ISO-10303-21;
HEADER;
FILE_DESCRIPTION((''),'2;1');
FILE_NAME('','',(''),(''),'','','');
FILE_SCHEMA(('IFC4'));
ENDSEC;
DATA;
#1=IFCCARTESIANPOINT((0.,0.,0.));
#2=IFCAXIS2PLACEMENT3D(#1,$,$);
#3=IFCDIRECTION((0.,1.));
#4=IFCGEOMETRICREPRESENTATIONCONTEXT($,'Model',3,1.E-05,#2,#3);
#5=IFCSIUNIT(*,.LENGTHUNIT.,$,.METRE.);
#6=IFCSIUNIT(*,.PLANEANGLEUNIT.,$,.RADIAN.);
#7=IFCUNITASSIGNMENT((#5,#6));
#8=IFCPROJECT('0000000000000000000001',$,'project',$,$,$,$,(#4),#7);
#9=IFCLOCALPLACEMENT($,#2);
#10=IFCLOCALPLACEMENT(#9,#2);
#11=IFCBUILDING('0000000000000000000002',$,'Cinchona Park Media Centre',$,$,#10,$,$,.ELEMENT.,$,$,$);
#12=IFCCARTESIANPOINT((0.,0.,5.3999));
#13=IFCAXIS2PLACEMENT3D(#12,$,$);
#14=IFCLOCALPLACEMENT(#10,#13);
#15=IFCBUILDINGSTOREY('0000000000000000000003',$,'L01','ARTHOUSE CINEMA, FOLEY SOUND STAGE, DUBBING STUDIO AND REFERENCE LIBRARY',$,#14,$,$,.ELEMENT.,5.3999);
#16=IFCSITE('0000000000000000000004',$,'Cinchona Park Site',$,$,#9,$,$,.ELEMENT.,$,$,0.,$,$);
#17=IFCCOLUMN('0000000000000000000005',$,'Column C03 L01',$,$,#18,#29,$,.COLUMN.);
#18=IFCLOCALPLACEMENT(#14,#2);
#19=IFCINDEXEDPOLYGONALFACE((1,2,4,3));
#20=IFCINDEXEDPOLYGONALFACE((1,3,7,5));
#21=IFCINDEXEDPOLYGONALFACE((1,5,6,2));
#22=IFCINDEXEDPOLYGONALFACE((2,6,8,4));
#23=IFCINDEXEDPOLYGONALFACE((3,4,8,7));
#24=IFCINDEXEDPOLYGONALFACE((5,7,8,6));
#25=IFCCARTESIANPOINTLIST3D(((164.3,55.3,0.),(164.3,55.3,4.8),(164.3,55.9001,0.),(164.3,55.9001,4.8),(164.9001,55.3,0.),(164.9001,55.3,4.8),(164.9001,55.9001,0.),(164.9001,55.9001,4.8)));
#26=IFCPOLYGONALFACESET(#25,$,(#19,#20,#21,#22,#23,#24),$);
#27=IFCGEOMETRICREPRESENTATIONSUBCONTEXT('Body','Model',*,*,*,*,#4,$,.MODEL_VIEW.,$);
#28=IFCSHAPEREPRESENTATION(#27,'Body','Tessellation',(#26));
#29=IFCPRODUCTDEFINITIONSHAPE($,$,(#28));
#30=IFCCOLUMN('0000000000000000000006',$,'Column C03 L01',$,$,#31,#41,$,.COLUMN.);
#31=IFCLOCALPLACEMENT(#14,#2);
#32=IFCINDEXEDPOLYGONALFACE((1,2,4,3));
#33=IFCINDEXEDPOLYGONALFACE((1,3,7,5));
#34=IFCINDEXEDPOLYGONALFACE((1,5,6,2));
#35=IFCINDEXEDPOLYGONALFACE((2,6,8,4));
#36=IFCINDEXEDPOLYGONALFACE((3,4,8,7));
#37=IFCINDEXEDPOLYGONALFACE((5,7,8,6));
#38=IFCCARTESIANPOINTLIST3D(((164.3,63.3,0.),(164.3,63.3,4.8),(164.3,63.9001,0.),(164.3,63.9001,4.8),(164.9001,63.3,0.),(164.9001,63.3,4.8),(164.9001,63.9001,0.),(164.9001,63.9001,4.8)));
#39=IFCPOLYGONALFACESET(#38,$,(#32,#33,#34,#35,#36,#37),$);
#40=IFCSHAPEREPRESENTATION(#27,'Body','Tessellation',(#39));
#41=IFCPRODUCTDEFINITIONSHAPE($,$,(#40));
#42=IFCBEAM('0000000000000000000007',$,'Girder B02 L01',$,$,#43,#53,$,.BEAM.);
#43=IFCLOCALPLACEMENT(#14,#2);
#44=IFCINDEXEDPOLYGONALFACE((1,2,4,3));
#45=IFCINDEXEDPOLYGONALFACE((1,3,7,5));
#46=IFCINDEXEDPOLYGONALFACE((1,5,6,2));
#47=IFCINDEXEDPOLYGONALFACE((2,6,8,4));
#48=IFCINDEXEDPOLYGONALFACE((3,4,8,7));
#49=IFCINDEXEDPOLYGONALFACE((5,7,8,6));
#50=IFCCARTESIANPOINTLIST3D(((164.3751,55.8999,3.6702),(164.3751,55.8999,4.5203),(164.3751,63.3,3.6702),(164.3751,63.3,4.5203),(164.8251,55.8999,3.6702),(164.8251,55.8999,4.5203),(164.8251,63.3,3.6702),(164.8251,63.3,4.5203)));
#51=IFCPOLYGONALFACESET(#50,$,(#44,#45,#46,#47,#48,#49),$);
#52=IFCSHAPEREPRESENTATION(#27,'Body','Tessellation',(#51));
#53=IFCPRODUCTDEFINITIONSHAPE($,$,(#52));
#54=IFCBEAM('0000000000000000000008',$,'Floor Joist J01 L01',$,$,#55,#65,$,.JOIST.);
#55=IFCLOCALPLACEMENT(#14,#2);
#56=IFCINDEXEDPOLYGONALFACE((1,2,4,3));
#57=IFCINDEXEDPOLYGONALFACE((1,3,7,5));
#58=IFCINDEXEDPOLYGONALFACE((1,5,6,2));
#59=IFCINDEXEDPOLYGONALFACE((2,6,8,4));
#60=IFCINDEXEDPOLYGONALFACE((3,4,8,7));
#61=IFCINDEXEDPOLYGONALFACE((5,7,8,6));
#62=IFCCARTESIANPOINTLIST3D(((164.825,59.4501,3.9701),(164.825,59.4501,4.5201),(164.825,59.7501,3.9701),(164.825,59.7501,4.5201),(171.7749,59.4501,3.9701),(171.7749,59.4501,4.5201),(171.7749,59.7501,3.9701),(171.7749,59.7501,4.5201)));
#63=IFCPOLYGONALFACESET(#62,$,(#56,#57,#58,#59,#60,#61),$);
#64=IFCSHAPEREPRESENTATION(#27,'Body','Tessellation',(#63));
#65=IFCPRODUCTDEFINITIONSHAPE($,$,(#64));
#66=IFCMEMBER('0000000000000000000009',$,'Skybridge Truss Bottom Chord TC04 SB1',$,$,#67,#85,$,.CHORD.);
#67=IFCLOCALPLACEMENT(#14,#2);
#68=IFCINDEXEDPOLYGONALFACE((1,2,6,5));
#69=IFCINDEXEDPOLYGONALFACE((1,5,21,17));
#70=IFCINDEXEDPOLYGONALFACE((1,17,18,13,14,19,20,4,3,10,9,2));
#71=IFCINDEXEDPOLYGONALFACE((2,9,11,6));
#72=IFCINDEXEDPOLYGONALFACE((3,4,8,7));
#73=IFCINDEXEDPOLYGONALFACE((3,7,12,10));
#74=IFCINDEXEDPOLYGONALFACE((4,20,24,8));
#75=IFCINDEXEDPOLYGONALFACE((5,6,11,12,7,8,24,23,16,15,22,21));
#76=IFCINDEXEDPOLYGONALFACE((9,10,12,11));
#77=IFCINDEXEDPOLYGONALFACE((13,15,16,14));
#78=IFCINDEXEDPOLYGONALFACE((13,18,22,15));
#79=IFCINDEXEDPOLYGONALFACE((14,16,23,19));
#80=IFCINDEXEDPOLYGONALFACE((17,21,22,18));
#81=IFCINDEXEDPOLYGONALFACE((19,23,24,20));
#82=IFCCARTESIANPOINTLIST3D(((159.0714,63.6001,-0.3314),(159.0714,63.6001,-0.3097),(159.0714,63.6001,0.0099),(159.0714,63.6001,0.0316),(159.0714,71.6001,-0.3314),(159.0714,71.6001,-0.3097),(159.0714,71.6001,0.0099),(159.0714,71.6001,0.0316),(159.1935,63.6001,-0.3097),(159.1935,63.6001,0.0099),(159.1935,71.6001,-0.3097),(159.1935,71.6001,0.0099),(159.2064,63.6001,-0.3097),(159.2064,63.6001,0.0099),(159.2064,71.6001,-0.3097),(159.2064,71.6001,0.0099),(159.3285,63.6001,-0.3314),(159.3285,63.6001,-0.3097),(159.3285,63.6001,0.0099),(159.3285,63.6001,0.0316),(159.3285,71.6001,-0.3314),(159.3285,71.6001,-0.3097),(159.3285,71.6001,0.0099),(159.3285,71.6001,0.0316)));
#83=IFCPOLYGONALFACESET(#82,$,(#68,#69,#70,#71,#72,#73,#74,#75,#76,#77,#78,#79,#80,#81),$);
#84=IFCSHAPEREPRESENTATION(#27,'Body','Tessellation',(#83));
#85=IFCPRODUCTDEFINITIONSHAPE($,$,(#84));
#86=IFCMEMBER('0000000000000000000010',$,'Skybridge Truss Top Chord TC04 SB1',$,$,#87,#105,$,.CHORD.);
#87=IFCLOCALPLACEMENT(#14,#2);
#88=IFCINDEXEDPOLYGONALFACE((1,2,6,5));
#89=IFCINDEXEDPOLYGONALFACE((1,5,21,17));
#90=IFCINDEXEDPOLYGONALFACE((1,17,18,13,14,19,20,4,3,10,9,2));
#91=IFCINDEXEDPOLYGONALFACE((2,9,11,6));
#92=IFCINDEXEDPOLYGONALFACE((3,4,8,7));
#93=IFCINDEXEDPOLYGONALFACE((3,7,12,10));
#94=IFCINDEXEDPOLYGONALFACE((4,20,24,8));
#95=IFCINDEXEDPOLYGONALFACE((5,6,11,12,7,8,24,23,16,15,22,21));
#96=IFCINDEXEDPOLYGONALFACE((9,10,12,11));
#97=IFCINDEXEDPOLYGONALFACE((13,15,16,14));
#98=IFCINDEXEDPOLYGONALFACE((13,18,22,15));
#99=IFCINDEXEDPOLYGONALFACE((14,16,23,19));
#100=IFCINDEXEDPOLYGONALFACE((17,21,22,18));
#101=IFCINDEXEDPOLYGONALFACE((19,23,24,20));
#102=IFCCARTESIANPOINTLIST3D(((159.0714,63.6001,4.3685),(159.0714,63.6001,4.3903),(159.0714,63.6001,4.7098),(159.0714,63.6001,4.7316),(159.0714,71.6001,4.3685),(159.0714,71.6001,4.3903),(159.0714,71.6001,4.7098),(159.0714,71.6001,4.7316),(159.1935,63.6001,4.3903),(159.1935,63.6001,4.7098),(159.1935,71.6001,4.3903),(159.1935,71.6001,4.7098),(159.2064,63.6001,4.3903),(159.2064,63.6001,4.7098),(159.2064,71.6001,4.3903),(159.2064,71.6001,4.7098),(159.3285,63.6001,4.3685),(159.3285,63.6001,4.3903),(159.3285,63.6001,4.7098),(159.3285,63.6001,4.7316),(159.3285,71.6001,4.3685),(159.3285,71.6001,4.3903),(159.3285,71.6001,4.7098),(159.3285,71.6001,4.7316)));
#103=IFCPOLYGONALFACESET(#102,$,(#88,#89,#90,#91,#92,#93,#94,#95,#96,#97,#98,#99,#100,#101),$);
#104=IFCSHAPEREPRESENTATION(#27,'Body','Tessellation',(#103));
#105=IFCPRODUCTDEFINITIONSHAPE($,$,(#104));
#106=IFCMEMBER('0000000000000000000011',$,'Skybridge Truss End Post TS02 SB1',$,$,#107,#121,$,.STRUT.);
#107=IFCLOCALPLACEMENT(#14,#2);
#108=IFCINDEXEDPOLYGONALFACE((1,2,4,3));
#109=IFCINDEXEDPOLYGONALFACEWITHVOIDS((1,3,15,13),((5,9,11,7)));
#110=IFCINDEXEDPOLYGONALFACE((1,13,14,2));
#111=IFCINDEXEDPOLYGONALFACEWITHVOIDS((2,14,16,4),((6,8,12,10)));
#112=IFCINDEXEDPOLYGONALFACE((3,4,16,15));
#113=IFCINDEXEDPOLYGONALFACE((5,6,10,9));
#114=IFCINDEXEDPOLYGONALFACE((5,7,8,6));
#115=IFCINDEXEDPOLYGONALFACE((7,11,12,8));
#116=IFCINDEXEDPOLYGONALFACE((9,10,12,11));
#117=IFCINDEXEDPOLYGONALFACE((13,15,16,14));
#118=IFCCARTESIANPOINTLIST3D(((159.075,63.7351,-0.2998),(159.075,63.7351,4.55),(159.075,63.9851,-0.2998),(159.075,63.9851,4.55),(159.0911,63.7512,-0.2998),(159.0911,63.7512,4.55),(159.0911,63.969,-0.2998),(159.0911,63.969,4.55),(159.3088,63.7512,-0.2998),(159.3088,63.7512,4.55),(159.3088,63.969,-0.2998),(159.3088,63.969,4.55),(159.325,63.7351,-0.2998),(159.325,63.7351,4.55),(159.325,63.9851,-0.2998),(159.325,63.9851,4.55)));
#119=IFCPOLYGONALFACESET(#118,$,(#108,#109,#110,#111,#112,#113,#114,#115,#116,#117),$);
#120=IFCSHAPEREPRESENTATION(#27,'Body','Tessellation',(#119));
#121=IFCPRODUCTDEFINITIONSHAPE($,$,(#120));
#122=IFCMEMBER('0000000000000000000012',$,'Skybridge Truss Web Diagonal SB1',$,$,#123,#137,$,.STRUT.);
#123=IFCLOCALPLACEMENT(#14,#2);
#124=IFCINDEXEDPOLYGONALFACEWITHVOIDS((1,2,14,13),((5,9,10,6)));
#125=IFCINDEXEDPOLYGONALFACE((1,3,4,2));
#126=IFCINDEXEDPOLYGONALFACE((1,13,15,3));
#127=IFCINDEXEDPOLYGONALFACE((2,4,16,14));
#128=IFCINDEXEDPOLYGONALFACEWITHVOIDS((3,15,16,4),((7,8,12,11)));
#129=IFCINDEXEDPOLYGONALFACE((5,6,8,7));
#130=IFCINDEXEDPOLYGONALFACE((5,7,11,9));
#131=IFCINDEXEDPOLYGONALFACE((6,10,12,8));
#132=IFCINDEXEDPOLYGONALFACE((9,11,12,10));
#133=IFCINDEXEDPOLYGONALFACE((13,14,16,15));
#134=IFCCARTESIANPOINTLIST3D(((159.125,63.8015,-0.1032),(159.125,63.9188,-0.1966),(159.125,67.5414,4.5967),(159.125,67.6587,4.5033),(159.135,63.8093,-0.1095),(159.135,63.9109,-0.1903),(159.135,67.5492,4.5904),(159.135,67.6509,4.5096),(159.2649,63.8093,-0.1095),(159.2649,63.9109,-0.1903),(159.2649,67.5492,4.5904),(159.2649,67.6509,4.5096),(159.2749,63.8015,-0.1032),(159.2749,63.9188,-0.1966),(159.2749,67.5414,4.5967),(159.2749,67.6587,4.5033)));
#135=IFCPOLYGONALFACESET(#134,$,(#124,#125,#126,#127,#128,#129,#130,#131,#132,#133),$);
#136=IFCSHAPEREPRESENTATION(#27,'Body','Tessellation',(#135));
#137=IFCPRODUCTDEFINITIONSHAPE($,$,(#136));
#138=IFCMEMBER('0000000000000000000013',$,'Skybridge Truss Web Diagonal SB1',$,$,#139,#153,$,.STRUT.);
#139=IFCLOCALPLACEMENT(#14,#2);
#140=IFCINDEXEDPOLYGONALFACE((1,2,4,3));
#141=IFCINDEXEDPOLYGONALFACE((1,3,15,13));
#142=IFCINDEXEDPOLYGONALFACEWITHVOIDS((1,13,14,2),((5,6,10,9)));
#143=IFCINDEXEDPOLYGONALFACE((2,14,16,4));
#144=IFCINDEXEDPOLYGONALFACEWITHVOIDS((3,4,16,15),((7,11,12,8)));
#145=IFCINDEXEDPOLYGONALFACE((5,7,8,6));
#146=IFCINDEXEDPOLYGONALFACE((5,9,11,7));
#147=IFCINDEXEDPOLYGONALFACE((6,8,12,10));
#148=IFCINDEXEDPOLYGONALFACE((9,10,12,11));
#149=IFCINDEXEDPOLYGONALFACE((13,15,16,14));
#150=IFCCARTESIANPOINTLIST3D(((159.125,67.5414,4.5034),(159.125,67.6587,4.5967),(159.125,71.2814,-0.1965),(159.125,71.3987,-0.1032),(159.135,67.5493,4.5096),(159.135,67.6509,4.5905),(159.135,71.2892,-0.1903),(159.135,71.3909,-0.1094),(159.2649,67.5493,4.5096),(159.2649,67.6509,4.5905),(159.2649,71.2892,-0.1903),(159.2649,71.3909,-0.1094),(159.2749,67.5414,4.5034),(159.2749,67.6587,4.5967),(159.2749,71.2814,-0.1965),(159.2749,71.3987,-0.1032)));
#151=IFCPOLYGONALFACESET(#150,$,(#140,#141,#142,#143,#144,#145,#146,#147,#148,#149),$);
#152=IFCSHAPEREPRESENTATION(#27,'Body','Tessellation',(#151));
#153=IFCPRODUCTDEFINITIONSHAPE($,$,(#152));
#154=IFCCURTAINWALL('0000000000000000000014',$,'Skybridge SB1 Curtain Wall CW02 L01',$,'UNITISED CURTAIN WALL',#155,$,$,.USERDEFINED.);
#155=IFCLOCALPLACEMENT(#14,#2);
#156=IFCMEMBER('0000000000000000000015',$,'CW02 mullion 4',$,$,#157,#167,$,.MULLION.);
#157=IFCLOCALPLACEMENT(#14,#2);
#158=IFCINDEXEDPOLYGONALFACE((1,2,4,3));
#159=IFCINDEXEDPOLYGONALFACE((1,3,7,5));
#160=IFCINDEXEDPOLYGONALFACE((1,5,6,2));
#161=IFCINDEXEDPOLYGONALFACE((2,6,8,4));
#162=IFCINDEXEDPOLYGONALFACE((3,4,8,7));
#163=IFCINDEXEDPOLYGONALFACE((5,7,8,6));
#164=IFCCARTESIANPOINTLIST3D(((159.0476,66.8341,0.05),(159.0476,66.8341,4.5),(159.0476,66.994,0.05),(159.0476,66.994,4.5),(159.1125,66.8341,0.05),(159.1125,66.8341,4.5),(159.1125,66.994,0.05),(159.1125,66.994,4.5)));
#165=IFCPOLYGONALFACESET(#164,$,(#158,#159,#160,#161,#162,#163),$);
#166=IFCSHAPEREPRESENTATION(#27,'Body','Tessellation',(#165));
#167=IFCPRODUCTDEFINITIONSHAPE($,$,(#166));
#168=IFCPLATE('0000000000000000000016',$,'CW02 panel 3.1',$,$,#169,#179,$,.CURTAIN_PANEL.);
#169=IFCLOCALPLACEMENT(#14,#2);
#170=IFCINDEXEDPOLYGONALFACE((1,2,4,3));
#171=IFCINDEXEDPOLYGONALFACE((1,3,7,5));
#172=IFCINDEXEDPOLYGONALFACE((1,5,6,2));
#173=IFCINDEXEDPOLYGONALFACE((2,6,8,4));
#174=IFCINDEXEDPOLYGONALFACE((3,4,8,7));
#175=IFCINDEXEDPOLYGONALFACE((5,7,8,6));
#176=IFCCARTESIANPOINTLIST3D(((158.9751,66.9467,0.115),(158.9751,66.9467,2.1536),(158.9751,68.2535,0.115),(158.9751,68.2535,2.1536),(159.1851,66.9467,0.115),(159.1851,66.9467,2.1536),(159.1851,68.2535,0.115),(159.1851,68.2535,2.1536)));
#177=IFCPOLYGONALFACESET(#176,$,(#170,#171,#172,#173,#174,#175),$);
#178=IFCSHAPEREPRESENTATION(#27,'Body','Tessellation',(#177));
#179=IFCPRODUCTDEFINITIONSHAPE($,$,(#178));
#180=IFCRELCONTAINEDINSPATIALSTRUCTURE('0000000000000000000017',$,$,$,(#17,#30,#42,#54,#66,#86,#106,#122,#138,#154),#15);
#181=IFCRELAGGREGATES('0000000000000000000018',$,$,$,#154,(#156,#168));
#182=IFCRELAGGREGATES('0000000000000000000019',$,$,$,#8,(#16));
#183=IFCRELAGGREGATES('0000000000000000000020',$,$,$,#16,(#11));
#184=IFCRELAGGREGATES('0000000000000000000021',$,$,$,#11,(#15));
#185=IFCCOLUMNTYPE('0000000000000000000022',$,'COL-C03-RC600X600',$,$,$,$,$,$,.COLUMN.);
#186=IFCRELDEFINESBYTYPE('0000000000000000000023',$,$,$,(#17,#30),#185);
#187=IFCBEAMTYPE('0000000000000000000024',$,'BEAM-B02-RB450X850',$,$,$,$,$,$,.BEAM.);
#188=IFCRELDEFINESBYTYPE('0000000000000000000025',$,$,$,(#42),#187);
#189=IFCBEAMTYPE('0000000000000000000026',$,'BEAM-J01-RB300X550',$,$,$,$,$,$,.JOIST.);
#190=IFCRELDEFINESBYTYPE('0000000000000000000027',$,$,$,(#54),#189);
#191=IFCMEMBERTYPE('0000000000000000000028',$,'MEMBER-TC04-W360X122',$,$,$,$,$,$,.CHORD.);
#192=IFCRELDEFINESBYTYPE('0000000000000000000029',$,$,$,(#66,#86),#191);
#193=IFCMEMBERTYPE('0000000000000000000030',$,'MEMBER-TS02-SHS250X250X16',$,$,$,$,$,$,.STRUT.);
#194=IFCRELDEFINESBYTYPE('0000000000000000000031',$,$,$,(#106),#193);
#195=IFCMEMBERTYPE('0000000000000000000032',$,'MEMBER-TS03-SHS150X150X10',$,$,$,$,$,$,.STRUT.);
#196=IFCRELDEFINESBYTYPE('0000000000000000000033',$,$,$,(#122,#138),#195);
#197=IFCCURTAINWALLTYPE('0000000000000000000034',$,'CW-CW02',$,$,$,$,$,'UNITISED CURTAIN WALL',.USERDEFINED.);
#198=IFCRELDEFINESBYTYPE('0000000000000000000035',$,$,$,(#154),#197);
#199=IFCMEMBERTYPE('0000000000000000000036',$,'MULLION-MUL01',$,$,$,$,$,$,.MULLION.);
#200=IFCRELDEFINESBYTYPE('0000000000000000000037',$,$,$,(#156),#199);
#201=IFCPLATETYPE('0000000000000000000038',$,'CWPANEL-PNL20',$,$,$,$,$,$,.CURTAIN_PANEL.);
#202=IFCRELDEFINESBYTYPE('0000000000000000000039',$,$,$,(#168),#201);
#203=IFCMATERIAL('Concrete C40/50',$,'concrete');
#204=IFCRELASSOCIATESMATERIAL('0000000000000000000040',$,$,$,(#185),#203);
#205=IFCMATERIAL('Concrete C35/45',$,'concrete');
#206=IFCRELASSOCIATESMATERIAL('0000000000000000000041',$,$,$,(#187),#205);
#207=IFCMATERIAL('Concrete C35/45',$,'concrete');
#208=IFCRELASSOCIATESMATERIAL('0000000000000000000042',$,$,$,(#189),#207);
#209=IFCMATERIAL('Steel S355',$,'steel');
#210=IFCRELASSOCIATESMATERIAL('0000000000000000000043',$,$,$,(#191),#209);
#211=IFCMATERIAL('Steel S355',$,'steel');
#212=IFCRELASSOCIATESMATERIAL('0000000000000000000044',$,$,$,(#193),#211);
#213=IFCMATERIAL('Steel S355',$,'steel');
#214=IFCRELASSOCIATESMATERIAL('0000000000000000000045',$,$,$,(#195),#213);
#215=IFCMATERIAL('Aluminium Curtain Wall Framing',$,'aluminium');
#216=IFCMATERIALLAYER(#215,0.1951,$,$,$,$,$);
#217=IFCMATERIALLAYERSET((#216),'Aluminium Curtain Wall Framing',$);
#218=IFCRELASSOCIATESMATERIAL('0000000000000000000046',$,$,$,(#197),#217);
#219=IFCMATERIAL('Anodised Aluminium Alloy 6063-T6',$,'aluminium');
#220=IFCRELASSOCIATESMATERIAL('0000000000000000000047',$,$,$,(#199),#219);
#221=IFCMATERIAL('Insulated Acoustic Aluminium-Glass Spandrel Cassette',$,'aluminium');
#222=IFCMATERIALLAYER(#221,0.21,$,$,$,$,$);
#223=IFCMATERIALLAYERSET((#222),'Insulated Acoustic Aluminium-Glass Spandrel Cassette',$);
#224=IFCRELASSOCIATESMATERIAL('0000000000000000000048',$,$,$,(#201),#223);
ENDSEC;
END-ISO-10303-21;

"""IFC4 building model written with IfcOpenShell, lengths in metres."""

from ifc_helpers import new_model, si_unit, direction, frame, origin, origin_2d, place, context, subcontext, project, spatial, rectangle, hollow_rectangle, i_section, extrude, material, layer, layer_set, material_profile, profile_set, type_object, element, aggregate, save


model = new_model("IFC4")

# Units and contexts
model_context = context("Model", 3, precision=1e-05, world=origin(), true_north=direction((0.0, 1.0)))
body_context = subcontext(model_context, "Body", "Model", "MODEL_VIEW")
ifc_project = project(units=[si_unit("LENGTHUNIT", "METRE"), si_unit("PLANEANGLEUNIT", "RADIAN")], contexts=[model_context])

# Site, building, storey
site_placement = place(None, origin())
site = spatial("IfcSite", under=ifc_project, at=site_placement, Name="Cinchona Park Site", CompositionType="ELEMENT", RefElevation=0.0)
building_placement = place(site_placement, origin())
building = spatial("IfcBuilding", under=site, at=building_placement, Name="Cinchona Park Media Centre", CompositionType="ELEMENT")
storey_placement = place(building_placement, frame((0.0, 0.0, 5.3999)))
storey = spatial("IfcBuildingStorey", under=building, at=storey_placement, Name="L01", Description="ARTHOUSE CINEMA, FOLEY SOUND STAGE, DUBBING STUDIO AND REFERENCE LIBRARY", CompositionType="ELEMENT", Elevation=5.3999)

# Columns
ifc_material_1 = material(Name="Concrete C40/50", Category="concrete")
ifc_material_profile_1 = material_profile(ifc_material_1, rectangle(XDim=0.6001, YDim=0.6001, at=origin_2d()), Name="RC 600X600")
ifc_profile_set_1 = profile_set([ifc_material_profile_1], Name="Concrete C40/50")
column_type = type_object("IfcColumnType", Name="COL-C03-RC600X600", PredefinedType="COLUMN", material=ifc_profile_set_1)
for number, where, z_axis, x_axis, name in (
    (1, (164.6001, 55.6001, 0.0), (0.0, 0.0, 1.0), (1.0, 0.0, 0.0), "Column C03 L01"),
    (2, (164.6001, 63.6001, 0.0), (0.0, 0.0, 1.0), (1.0, 0.0, 0.0), "Column C03 L01"),
):
    element("IfcColumn", number, at=place(storey_placement, frame(where, z_axis=z_axis, x_axis=x_axis)), inside=storey, type_object=column_type, Name=name, PredefinedType="COLUMN", context=body_context, shape_type="SweptSolid", body=[
        extrude(rectangle(XDim=0.6001, YDim=0.6001, at=origin_2d()), origin(), (0.0, 0.0, 1.0), 4.8),
    ])

# Beams
ifc_material_2 = material(Name="Concrete C35/45", Category="concrete")
ifc_material_profile_2 = material_profile(ifc_material_2, rectangle(XDim=0.45, YDim=0.8501, at=origin_2d()), Name="RB 450X850")
ifc_profile_set_2 = profile_set([ifc_material_profile_2], Name="Concrete C35/45")
beam_type_1 = type_object("IfcBeamType", Name="BEAM-B02-RB450X850", PredefinedType="BEAM", material=ifc_profile_set_2)
beam_1_placement = place(storey_placement, frame((164.6001, 55.8999, 4.0952), z_axis=(0.0, 1.0, 0.0), x_axis=(-1.0, 0.0, 0.0)))
element("IfcBeam", 3, at=beam_1_placement, inside=storey, type_object=beam_type_1, Name="Girder B02 L01", PredefinedType="BEAM", context=body_context, shape_type="SweptSolid", body=[
    extrude(rectangle(XDim=0.45, YDim=0.8501, at=origin_2d()), origin(), (0.0, 0.0, 1.0), 7.4001),
])
ifc_material_3 = material(Name="Concrete C35/45", Category="concrete")
ifc_material_profile_3 = material_profile(ifc_material_3, rectangle(XDim=0.3, YDim=0.55, at=origin_2d()), Name="RB 300X550")
ifc_profile_set_3 = profile_set([ifc_material_profile_3], Name="Concrete C35/45")
beam_type_2 = type_object("IfcBeamType", Name="BEAM-J01-RB300X550", PredefinedType="JOIST", material=ifc_profile_set_3)
beam_2_placement = place(storey_placement, frame((164.825, 59.6001, 4.2451), z_axis=(1.0, 0.0, 0.0), x_axis=(0.0, 1.0, 0.0)))
element("IfcBeam", 4, at=beam_2_placement, inside=storey, type_object=beam_type_2, Name="Floor Joist J01 L01", PredefinedType="JOIST", context=body_context, shape_type="SweptSolid", body=[
    extrude(rectangle(XDim=0.3, YDim=0.55, at=origin_2d()), origin(), (0.0, 0.0, 1.0), 6.95),
])

# Members
ifc_material_4 = material(Name="Steel S355", Category="steel")
ifc_material_profile_4 = material_profile(ifc_material_4, i_section(OverallWidth=0.2571, OverallDepth=0.363, WebThickness=0.0129, FlangeThickness=0.0217, at=origin_2d()), Name="W360X122")
ifc_profile_set_4 = profile_set([ifc_material_profile_4], Name="Steel S355")
member_type_1 = type_object("IfcMemberType", Name="MEMBER-TC04-W360X122", PredefinedType="CHORD", material=ifc_profile_set_4)
for number, where, z_axis, x_axis, name in (
    (5, (159.2, 63.6001, -0.1499), (0.0, 1.0, 0.0), (-1.0, 0.0, 0.0), "Skybridge Truss Bottom Chord TC04 SB1"),
    (6, (159.2, 63.6001, 4.55), (0.0, 1.0, 0.0), (-1.0, 0.0, 0.0), "Skybridge Truss Top Chord TC04 SB1"),
):
    element("IfcMember", number, at=place(storey_placement, frame(where, z_axis=z_axis, x_axis=x_axis)), inside=storey, type_object=member_type_1, Name=name, PredefinedType="CHORD", context=body_context, shape_type="SweptSolid", body=[
        extrude(i_section(OverallWidth=0.2571, OverallDepth=0.363, WebThickness=0.0129, FlangeThickness=0.0217, at=origin_2d()), origin(), (0.0, 0.0, 1.0), 8.0),
    ])
ifc_material_5 = material(Name="Steel S355", Category="steel")
ifc_material_profile_5 = material_profile(ifc_material_5, hollow_rectangle(XDim=0.25, YDim=0.25, WallThickness=0.0161, at=origin_2d()), Name="250X250X16SHS")
ifc_profile_set_5 = profile_set([ifc_material_profile_5], Name="Steel S355")
member_type_2 = type_object("IfcMemberType", Name="MEMBER-TS02-SHS250X250X16", PredefinedType="STRUT", material=ifc_profile_set_5)
member_1_placement = place(storey_placement, frame((159.2, 63.8601, -0.2998), z_axis=(0.0, 0.0, 1.0), x_axis=(1.0, 0.0, 0.0)))
element("IfcMember", 7, at=member_1_placement, inside=storey, type_object=member_type_2, Name="Skybridge Truss End Post TS02 SB1", PredefinedType="STRUT", context=body_context, shape_type="SweptSolid", body=[
    extrude(hollow_rectangle(XDim=0.25, YDim=0.25, WallThickness=0.0161, at=origin_2d()), origin(), (0.0, 0.0, 1.0), 4.8499),
])
ifc_material_6 = material(Name="Steel S355", Category="steel")
ifc_material_profile_6 = material_profile(ifc_material_6, hollow_rectangle(XDim=0.1499, YDim=0.1499, WallThickness=0.01, at=origin_2d()), Name="150X150X10SHS")
ifc_profile_set_6 = profile_set([ifc_material_profile_6], Name="Steel S355")
member_type_3 = type_object("IfcMemberType", Name="MEMBER-TS03-SHS150X150X10", PredefinedType="STRUT", material=ifc_profile_set_6)
for number, where, z_axis, x_axis, name in (
    (8, (159.2, 63.8601, -0.1499), (0.0, 0.622666, 0.782488), (-1.0, 0.0, 0.0), "Skybridge Truss Web Diagonal SB1"),
    (9, (159.2, 67.6001, 4.55), (0.0, 0.622666, -0.782488), (-1.0, 0.0, 0.0), "Skybridge Truss Web Diagonal SB1"),
):
    element("IfcMember", number, at=place(storey_placement, frame(where, z_axis=z_axis, x_axis=x_axis)), inside=storey, type_object=member_type_3, Name=name, PredefinedType="STRUT", context=body_context, shape_type="SweptSolid", body=[
        extrude(hollow_rectangle(XDim=0.1499, YDim=0.1499, WallThickness=0.01, at=origin_2d()), origin(), (0.0, 0.0, 1.0), 6.0063),
    ])

# Curtain wall, member, plate
ifc_material_7 = material(Name="Aluminium Curtain Wall Framing", Category="aluminium")
ifc_layer_1 = layer(ifc_material_7, 0.1951)
ifc_layer_set_1 = layer_set([ifc_layer_1], Name="Aluminium Curtain Wall Framing")
curtain_wall_type = type_object("IfcCurtainWallType", Name="CW-CW02", ElementType="UNITISED CURTAIN WALL", PredefinedType="USERDEFINED", material=ifc_layer_set_1)
curtain_wall_placement = place(storey_placement, origin())
curtain_wall = element("IfcCurtainWall", 10, at=curtain_wall_placement, inside=storey, type_object=curtain_wall_type, Name="Skybridge SB1 Curtain Wall CW02 L01", ObjectType="UNITISED CURTAIN WALL", PredefinedType="USERDEFINED")
ifc_material_8 = material(Name="Anodised Aluminium Alloy 6063-T6", Category="aluminium")
ifc_material_profile_7 = material_profile(ifc_material_8, rectangle(XDim=0.0649, YDim=0.1599, at=origin_2d()), Name="MUL-65X160")
ifc_profile_set_7 = profile_set([ifc_material_profile_7], Name="Anodised Aluminium Alloy 6063-T6")
member_type_4 = type_object("IfcMemberType", Name="MULLION-MUL01", PredefinedType="MULLION", material=ifc_profile_set_7)
member_2_placement = place(storey_placement, frame((159.0801, 66.9141, 0.05), z_axis=(0.0, 0.0, 1.0), x_axis=(1.0, 0.0, 0.0)))
member_2 = element("IfcMember", 11, at=member_2_placement, type_object=member_type_4, Name="CW02 mullion 4", PredefinedType="MULLION", context=body_context, shape_type="SweptSolid", body=[
    extrude(rectangle(XDim=0.0649, YDim=0.1599, at=origin_2d()), origin(), (0.0, 0.0, 1.0), 4.45),
])
ifc_material_9 = material(Name="Insulated Acoustic Aluminium-Glass Spandrel Cassette", Category="aluminium")
ifc_layer_2 = layer(ifc_material_9, 0.21)
ifc_layer_set_2 = layer_set([ifc_layer_2], Name="Insulated Acoustic Aluminium-Glass Spandrel Cassette")
plate_type_1 = type_object("IfcPlateType", Name="CWPANEL-PNL20", PredefinedType="CURTAIN_PANEL", material=ifc_layer_set_2)
plate_1_placement = place(storey_placement, frame((159.0801, 67.6001, 0.115), z_axis=(0.0, 0.0, 1.0), x_axis=(0.0, -1.0, 0.0)))
plate_1 = element("IfcPlate", 12, at=plate_1_placement, type_object=plate_type_1, Name="CW02 panel 3.1", PredefinedType="CURTAIN_PANEL", context=body_context, shape_type="SweptSolid", body=[
    extrude(rectangle(XDim=1.3069, YDim=0.21, at=origin_2d()), origin(), (0.0, 0.0, 1.0), 2.0386),
])
aggregate(curtain_wall, [member_2, plate_1])

save(model, "model.ifc")
